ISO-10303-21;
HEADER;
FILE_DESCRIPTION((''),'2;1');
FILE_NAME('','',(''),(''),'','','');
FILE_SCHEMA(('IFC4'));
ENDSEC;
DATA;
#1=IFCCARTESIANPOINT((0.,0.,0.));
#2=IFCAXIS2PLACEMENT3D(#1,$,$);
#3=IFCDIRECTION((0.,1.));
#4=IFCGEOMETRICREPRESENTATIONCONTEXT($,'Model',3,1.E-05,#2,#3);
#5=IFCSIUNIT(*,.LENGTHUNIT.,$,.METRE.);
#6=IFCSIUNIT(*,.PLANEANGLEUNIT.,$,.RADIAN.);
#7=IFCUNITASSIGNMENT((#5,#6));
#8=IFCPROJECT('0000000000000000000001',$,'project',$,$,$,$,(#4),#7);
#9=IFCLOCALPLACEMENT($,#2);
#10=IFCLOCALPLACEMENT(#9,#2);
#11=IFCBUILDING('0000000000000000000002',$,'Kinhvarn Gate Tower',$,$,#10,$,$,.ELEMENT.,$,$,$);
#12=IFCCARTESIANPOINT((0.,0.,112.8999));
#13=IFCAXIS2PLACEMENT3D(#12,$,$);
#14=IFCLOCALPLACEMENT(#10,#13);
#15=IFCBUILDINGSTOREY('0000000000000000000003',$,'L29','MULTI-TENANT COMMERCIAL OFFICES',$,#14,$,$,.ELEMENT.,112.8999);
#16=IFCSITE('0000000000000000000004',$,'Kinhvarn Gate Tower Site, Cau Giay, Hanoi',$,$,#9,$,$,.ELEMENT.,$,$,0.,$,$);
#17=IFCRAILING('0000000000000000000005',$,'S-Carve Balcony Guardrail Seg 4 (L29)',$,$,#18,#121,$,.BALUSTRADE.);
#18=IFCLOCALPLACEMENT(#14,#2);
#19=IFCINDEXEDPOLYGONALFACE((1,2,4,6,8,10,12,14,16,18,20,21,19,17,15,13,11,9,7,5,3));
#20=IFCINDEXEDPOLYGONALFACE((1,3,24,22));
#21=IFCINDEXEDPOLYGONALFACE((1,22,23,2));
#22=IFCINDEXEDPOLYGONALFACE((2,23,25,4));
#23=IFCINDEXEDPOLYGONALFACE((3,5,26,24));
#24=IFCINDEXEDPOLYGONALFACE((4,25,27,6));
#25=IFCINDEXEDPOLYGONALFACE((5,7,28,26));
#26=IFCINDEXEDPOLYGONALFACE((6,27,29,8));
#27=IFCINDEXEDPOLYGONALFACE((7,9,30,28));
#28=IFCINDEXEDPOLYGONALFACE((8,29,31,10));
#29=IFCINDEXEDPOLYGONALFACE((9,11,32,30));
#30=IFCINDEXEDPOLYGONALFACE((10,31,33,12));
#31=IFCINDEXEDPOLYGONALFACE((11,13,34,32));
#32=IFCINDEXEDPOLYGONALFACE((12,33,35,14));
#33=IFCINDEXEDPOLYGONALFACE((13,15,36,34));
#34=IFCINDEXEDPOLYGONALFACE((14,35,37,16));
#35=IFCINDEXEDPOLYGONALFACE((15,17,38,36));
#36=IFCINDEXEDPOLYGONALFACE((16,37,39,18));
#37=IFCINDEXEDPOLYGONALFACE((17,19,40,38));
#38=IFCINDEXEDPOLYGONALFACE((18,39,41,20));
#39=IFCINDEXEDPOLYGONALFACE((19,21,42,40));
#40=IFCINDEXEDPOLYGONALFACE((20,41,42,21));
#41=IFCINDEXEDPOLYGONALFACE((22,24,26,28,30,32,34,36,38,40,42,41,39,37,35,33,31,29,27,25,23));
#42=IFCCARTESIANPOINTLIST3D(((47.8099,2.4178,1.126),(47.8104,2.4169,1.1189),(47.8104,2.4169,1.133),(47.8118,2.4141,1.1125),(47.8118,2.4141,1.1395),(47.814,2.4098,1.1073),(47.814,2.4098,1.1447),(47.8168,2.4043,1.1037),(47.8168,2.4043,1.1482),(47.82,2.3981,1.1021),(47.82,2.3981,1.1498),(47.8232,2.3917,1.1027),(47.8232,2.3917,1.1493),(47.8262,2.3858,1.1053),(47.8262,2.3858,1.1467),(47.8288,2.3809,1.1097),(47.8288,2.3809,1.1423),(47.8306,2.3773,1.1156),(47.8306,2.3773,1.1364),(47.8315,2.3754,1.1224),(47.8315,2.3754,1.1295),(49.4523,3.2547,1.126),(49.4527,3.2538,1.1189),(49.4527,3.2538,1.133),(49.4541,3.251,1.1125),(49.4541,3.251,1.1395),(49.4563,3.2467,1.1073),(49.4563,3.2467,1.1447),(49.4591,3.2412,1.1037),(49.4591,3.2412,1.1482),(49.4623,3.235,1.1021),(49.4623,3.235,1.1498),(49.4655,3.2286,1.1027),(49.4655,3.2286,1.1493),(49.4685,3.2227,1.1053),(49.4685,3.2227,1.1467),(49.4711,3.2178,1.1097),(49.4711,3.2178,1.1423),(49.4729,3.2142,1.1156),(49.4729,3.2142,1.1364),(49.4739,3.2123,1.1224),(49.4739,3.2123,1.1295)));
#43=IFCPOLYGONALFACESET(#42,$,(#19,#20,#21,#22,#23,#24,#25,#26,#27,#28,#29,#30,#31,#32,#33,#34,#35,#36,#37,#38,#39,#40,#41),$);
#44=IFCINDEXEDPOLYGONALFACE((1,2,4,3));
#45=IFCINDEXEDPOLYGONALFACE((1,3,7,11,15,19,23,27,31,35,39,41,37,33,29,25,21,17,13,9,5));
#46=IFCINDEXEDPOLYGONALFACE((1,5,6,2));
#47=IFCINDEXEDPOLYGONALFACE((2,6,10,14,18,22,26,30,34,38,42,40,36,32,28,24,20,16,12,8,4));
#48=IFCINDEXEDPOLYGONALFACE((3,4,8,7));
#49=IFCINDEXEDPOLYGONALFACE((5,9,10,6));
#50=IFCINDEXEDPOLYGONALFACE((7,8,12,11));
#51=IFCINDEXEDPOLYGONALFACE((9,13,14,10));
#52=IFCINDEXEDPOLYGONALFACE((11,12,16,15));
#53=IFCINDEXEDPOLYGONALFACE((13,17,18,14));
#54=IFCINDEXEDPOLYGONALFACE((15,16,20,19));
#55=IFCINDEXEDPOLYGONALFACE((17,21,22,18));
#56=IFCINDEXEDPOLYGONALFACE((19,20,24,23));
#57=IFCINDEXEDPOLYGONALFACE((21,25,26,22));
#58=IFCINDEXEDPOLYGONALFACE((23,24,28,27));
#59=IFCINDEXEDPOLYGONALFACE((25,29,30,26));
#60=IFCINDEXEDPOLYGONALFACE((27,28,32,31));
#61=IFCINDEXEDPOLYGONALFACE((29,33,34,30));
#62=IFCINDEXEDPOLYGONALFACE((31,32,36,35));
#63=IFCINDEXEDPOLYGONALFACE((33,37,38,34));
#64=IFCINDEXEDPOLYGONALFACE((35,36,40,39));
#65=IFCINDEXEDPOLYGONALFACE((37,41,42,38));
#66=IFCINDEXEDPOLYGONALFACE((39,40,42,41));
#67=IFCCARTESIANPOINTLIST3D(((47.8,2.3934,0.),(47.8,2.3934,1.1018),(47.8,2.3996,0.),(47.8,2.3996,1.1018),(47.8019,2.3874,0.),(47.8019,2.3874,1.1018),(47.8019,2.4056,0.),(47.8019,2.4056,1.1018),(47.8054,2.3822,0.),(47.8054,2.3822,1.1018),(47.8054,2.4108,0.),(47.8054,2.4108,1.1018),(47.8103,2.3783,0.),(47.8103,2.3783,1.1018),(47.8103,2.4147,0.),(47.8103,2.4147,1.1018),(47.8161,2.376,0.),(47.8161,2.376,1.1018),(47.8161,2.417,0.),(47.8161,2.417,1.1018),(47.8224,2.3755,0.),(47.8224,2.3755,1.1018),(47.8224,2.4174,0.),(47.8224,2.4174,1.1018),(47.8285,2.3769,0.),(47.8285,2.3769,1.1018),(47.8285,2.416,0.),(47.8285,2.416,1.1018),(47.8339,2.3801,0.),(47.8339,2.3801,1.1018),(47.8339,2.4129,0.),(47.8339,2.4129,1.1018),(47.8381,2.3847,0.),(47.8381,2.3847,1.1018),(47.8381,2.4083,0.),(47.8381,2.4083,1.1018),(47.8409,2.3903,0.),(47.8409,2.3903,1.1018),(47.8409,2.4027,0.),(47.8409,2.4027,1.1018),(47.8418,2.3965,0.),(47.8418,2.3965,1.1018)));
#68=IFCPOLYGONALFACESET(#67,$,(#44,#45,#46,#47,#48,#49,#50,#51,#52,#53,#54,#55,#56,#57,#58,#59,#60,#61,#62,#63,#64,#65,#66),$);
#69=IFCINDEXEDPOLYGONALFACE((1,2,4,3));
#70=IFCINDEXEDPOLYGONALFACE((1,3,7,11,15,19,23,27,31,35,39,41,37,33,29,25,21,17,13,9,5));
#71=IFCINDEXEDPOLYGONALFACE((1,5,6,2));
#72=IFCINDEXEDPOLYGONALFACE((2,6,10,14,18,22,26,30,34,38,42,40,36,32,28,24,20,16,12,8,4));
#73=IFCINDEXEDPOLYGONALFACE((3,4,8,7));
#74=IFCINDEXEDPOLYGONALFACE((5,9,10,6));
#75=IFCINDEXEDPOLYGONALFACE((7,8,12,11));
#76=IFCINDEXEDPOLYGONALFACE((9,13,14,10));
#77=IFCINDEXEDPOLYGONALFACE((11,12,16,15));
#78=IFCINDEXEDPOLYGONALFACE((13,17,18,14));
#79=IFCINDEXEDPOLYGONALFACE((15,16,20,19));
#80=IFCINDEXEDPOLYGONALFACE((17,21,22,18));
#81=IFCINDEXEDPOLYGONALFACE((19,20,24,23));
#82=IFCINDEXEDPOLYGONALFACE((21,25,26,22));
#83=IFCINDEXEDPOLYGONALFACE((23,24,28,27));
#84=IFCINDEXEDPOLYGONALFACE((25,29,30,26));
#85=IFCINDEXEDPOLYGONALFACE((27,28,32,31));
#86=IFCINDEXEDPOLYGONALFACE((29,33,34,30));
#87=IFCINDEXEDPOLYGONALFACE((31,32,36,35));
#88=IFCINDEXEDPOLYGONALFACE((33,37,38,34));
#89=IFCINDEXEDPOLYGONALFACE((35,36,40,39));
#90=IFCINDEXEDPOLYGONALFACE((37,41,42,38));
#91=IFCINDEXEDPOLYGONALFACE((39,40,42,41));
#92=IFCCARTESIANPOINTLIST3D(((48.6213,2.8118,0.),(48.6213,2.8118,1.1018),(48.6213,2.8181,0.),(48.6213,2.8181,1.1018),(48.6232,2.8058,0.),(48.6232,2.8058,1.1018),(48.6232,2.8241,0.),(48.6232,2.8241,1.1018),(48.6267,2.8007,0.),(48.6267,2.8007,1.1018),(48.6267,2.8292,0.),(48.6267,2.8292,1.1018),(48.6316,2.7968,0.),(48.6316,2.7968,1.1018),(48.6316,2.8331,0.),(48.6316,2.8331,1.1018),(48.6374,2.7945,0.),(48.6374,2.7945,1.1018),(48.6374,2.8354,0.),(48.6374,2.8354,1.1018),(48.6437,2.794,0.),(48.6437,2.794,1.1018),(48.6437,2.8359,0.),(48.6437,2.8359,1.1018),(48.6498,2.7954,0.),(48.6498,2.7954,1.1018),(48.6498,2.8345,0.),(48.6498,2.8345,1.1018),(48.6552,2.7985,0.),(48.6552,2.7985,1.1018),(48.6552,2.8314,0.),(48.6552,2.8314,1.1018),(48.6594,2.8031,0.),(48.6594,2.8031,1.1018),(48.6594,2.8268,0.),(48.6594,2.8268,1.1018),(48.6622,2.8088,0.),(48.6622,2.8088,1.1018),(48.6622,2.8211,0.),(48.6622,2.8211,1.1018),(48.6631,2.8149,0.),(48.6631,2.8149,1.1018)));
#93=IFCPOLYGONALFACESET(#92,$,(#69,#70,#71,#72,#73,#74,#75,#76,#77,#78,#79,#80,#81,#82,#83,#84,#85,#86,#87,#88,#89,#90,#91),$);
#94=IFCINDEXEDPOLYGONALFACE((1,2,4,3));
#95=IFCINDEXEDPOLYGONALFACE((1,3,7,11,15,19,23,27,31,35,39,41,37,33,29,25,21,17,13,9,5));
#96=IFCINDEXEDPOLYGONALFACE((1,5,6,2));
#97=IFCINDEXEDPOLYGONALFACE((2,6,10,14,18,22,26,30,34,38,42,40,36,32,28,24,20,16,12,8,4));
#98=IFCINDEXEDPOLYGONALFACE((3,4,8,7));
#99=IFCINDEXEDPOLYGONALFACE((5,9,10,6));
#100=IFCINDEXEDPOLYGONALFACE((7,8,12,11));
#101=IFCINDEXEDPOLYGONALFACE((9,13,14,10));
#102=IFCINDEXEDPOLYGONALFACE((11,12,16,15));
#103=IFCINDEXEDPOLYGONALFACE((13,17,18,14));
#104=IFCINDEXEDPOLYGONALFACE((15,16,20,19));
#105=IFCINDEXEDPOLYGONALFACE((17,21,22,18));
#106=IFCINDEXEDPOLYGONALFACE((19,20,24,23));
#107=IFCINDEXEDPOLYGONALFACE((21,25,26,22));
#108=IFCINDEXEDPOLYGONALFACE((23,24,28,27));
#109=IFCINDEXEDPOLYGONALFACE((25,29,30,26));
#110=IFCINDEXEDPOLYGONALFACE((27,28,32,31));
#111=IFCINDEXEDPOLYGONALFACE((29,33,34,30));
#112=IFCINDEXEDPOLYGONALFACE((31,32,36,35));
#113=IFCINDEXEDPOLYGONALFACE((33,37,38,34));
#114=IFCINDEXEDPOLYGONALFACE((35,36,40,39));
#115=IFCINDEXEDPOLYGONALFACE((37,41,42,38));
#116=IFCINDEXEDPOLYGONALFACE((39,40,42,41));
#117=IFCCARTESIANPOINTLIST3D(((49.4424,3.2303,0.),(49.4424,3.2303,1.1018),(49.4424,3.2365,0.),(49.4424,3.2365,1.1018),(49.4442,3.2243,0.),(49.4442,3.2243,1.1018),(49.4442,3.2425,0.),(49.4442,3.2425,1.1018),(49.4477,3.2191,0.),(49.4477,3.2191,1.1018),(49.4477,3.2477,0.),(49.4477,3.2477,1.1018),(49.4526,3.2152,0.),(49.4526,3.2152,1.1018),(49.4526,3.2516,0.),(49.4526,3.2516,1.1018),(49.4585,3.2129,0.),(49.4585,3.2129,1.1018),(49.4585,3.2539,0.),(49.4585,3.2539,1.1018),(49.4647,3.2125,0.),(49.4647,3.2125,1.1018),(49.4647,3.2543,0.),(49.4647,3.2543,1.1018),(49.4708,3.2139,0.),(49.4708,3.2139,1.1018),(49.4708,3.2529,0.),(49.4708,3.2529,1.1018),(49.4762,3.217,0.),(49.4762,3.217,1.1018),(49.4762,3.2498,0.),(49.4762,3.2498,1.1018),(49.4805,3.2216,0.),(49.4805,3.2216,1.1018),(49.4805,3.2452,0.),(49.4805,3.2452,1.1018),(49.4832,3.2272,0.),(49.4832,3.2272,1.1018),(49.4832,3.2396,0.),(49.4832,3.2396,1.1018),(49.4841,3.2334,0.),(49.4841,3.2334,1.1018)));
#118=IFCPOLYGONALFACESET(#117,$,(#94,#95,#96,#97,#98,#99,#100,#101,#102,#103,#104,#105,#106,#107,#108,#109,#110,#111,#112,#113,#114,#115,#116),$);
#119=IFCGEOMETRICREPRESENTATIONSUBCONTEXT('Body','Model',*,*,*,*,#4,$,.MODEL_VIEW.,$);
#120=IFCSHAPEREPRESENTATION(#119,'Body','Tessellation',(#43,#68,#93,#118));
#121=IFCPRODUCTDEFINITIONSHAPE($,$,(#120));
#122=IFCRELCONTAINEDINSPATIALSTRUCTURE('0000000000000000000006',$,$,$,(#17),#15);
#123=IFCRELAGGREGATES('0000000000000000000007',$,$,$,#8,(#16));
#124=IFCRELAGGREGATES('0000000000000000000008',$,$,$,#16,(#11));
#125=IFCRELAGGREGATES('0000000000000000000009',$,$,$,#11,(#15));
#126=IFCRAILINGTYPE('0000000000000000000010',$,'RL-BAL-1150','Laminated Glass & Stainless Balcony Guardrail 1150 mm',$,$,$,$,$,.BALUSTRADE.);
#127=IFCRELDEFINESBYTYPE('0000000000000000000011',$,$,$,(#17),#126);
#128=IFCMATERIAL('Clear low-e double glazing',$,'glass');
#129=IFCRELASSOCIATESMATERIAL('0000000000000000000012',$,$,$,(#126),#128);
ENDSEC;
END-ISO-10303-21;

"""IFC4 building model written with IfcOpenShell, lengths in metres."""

from ifc_helpers import new_model, si_unit, direction, frame, origin, origin_2d, place, context, subcontext, project, spatial, circle, extrude, material, type_object, element, save


model = new_model("IFC4")

# Units and contexts
model_context = context("Model", 3, precision=1e-05, world=origin(), true_north=direction((0.0, 1.0)))
body_context = subcontext(model_context, "Body", "Model", "MODEL_VIEW")
ifc_project = project(units=[si_unit("LENGTHUNIT", "METRE"), si_unit("PLANEANGLEUNIT", "RADIAN")], contexts=[model_context])

# Site, building, storey
site_placement = place(None, origin())
site = spatial("IfcSite", under=ifc_project, at=site_placement, Name="Kinhvarn Gate Tower Site, Cau Giay, Hanoi", CompositionType="ELEMENT", RefElevation=0.0)
building_placement = place(site_placement, origin())
building = spatial("IfcBuilding", under=site, at=building_placement, Name="Kinhvarn Gate Tower", CompositionType="ELEMENT")
storey_placement = place(building_placement, frame((0.0, 0.0, 112.8999)))
storey = spatial("IfcBuildingStorey", under=building, at=storey_placement, Name="L29", Description="MULTI-TENANT COMMERCIAL OFFICES", CompositionType="ELEMENT", Elevation=112.8999)

# Shared definitions
ifc_material_1 = material(Name="Clear low-e double glazing", Category="glass")

# Railing
railing_type = type_object("IfcRailingType", Name="RL-BAL-1150", Description="Laminated Glass & Stainless Balcony Guardrail 1150 mm", PredefinedType="BALUSTRADE", material=ifc_material_1)
railing_1_placement = place(storey_placement, frame((47.8208, 2.3965, 0.0)))
element("IfcRailing", 1, at=railing_1_placement, inside=storey, type_object=railing_type, Name="S-Carve Balcony Guardrail Seg 4 (L29)", PredefinedType="BALUSTRADE", context=body_context, shape_type="SweptSolid", body=[
    extrude(circle(Radius=0.0239, at=origin_2d()), frame((0.0, 0.0, 1.126), z_axis=(0.890984, 0.454035, 0.0), x_axis=(-0.454035, 0.890984, 0.0)), (0.0, 0.0, 1.0), 1.8433),
    extrude(circle(Radius=0.021, at=origin_2d()), origin(), (0.0, 0.0, 1.0), 1.1018),
    extrude(circle(Radius=0.021, at=origin_2d()), frame((0.8213, 0.4185, 0.0)), (0.0, 0.0, 1.0), 1.1018),
    extrude(circle(Radius=0.021, at=origin_2d()), frame((1.6423, 0.8369, 0.0)), (0.0, 0.0, 1.0), 1.1018),
])

save(model, "model.ifc")
